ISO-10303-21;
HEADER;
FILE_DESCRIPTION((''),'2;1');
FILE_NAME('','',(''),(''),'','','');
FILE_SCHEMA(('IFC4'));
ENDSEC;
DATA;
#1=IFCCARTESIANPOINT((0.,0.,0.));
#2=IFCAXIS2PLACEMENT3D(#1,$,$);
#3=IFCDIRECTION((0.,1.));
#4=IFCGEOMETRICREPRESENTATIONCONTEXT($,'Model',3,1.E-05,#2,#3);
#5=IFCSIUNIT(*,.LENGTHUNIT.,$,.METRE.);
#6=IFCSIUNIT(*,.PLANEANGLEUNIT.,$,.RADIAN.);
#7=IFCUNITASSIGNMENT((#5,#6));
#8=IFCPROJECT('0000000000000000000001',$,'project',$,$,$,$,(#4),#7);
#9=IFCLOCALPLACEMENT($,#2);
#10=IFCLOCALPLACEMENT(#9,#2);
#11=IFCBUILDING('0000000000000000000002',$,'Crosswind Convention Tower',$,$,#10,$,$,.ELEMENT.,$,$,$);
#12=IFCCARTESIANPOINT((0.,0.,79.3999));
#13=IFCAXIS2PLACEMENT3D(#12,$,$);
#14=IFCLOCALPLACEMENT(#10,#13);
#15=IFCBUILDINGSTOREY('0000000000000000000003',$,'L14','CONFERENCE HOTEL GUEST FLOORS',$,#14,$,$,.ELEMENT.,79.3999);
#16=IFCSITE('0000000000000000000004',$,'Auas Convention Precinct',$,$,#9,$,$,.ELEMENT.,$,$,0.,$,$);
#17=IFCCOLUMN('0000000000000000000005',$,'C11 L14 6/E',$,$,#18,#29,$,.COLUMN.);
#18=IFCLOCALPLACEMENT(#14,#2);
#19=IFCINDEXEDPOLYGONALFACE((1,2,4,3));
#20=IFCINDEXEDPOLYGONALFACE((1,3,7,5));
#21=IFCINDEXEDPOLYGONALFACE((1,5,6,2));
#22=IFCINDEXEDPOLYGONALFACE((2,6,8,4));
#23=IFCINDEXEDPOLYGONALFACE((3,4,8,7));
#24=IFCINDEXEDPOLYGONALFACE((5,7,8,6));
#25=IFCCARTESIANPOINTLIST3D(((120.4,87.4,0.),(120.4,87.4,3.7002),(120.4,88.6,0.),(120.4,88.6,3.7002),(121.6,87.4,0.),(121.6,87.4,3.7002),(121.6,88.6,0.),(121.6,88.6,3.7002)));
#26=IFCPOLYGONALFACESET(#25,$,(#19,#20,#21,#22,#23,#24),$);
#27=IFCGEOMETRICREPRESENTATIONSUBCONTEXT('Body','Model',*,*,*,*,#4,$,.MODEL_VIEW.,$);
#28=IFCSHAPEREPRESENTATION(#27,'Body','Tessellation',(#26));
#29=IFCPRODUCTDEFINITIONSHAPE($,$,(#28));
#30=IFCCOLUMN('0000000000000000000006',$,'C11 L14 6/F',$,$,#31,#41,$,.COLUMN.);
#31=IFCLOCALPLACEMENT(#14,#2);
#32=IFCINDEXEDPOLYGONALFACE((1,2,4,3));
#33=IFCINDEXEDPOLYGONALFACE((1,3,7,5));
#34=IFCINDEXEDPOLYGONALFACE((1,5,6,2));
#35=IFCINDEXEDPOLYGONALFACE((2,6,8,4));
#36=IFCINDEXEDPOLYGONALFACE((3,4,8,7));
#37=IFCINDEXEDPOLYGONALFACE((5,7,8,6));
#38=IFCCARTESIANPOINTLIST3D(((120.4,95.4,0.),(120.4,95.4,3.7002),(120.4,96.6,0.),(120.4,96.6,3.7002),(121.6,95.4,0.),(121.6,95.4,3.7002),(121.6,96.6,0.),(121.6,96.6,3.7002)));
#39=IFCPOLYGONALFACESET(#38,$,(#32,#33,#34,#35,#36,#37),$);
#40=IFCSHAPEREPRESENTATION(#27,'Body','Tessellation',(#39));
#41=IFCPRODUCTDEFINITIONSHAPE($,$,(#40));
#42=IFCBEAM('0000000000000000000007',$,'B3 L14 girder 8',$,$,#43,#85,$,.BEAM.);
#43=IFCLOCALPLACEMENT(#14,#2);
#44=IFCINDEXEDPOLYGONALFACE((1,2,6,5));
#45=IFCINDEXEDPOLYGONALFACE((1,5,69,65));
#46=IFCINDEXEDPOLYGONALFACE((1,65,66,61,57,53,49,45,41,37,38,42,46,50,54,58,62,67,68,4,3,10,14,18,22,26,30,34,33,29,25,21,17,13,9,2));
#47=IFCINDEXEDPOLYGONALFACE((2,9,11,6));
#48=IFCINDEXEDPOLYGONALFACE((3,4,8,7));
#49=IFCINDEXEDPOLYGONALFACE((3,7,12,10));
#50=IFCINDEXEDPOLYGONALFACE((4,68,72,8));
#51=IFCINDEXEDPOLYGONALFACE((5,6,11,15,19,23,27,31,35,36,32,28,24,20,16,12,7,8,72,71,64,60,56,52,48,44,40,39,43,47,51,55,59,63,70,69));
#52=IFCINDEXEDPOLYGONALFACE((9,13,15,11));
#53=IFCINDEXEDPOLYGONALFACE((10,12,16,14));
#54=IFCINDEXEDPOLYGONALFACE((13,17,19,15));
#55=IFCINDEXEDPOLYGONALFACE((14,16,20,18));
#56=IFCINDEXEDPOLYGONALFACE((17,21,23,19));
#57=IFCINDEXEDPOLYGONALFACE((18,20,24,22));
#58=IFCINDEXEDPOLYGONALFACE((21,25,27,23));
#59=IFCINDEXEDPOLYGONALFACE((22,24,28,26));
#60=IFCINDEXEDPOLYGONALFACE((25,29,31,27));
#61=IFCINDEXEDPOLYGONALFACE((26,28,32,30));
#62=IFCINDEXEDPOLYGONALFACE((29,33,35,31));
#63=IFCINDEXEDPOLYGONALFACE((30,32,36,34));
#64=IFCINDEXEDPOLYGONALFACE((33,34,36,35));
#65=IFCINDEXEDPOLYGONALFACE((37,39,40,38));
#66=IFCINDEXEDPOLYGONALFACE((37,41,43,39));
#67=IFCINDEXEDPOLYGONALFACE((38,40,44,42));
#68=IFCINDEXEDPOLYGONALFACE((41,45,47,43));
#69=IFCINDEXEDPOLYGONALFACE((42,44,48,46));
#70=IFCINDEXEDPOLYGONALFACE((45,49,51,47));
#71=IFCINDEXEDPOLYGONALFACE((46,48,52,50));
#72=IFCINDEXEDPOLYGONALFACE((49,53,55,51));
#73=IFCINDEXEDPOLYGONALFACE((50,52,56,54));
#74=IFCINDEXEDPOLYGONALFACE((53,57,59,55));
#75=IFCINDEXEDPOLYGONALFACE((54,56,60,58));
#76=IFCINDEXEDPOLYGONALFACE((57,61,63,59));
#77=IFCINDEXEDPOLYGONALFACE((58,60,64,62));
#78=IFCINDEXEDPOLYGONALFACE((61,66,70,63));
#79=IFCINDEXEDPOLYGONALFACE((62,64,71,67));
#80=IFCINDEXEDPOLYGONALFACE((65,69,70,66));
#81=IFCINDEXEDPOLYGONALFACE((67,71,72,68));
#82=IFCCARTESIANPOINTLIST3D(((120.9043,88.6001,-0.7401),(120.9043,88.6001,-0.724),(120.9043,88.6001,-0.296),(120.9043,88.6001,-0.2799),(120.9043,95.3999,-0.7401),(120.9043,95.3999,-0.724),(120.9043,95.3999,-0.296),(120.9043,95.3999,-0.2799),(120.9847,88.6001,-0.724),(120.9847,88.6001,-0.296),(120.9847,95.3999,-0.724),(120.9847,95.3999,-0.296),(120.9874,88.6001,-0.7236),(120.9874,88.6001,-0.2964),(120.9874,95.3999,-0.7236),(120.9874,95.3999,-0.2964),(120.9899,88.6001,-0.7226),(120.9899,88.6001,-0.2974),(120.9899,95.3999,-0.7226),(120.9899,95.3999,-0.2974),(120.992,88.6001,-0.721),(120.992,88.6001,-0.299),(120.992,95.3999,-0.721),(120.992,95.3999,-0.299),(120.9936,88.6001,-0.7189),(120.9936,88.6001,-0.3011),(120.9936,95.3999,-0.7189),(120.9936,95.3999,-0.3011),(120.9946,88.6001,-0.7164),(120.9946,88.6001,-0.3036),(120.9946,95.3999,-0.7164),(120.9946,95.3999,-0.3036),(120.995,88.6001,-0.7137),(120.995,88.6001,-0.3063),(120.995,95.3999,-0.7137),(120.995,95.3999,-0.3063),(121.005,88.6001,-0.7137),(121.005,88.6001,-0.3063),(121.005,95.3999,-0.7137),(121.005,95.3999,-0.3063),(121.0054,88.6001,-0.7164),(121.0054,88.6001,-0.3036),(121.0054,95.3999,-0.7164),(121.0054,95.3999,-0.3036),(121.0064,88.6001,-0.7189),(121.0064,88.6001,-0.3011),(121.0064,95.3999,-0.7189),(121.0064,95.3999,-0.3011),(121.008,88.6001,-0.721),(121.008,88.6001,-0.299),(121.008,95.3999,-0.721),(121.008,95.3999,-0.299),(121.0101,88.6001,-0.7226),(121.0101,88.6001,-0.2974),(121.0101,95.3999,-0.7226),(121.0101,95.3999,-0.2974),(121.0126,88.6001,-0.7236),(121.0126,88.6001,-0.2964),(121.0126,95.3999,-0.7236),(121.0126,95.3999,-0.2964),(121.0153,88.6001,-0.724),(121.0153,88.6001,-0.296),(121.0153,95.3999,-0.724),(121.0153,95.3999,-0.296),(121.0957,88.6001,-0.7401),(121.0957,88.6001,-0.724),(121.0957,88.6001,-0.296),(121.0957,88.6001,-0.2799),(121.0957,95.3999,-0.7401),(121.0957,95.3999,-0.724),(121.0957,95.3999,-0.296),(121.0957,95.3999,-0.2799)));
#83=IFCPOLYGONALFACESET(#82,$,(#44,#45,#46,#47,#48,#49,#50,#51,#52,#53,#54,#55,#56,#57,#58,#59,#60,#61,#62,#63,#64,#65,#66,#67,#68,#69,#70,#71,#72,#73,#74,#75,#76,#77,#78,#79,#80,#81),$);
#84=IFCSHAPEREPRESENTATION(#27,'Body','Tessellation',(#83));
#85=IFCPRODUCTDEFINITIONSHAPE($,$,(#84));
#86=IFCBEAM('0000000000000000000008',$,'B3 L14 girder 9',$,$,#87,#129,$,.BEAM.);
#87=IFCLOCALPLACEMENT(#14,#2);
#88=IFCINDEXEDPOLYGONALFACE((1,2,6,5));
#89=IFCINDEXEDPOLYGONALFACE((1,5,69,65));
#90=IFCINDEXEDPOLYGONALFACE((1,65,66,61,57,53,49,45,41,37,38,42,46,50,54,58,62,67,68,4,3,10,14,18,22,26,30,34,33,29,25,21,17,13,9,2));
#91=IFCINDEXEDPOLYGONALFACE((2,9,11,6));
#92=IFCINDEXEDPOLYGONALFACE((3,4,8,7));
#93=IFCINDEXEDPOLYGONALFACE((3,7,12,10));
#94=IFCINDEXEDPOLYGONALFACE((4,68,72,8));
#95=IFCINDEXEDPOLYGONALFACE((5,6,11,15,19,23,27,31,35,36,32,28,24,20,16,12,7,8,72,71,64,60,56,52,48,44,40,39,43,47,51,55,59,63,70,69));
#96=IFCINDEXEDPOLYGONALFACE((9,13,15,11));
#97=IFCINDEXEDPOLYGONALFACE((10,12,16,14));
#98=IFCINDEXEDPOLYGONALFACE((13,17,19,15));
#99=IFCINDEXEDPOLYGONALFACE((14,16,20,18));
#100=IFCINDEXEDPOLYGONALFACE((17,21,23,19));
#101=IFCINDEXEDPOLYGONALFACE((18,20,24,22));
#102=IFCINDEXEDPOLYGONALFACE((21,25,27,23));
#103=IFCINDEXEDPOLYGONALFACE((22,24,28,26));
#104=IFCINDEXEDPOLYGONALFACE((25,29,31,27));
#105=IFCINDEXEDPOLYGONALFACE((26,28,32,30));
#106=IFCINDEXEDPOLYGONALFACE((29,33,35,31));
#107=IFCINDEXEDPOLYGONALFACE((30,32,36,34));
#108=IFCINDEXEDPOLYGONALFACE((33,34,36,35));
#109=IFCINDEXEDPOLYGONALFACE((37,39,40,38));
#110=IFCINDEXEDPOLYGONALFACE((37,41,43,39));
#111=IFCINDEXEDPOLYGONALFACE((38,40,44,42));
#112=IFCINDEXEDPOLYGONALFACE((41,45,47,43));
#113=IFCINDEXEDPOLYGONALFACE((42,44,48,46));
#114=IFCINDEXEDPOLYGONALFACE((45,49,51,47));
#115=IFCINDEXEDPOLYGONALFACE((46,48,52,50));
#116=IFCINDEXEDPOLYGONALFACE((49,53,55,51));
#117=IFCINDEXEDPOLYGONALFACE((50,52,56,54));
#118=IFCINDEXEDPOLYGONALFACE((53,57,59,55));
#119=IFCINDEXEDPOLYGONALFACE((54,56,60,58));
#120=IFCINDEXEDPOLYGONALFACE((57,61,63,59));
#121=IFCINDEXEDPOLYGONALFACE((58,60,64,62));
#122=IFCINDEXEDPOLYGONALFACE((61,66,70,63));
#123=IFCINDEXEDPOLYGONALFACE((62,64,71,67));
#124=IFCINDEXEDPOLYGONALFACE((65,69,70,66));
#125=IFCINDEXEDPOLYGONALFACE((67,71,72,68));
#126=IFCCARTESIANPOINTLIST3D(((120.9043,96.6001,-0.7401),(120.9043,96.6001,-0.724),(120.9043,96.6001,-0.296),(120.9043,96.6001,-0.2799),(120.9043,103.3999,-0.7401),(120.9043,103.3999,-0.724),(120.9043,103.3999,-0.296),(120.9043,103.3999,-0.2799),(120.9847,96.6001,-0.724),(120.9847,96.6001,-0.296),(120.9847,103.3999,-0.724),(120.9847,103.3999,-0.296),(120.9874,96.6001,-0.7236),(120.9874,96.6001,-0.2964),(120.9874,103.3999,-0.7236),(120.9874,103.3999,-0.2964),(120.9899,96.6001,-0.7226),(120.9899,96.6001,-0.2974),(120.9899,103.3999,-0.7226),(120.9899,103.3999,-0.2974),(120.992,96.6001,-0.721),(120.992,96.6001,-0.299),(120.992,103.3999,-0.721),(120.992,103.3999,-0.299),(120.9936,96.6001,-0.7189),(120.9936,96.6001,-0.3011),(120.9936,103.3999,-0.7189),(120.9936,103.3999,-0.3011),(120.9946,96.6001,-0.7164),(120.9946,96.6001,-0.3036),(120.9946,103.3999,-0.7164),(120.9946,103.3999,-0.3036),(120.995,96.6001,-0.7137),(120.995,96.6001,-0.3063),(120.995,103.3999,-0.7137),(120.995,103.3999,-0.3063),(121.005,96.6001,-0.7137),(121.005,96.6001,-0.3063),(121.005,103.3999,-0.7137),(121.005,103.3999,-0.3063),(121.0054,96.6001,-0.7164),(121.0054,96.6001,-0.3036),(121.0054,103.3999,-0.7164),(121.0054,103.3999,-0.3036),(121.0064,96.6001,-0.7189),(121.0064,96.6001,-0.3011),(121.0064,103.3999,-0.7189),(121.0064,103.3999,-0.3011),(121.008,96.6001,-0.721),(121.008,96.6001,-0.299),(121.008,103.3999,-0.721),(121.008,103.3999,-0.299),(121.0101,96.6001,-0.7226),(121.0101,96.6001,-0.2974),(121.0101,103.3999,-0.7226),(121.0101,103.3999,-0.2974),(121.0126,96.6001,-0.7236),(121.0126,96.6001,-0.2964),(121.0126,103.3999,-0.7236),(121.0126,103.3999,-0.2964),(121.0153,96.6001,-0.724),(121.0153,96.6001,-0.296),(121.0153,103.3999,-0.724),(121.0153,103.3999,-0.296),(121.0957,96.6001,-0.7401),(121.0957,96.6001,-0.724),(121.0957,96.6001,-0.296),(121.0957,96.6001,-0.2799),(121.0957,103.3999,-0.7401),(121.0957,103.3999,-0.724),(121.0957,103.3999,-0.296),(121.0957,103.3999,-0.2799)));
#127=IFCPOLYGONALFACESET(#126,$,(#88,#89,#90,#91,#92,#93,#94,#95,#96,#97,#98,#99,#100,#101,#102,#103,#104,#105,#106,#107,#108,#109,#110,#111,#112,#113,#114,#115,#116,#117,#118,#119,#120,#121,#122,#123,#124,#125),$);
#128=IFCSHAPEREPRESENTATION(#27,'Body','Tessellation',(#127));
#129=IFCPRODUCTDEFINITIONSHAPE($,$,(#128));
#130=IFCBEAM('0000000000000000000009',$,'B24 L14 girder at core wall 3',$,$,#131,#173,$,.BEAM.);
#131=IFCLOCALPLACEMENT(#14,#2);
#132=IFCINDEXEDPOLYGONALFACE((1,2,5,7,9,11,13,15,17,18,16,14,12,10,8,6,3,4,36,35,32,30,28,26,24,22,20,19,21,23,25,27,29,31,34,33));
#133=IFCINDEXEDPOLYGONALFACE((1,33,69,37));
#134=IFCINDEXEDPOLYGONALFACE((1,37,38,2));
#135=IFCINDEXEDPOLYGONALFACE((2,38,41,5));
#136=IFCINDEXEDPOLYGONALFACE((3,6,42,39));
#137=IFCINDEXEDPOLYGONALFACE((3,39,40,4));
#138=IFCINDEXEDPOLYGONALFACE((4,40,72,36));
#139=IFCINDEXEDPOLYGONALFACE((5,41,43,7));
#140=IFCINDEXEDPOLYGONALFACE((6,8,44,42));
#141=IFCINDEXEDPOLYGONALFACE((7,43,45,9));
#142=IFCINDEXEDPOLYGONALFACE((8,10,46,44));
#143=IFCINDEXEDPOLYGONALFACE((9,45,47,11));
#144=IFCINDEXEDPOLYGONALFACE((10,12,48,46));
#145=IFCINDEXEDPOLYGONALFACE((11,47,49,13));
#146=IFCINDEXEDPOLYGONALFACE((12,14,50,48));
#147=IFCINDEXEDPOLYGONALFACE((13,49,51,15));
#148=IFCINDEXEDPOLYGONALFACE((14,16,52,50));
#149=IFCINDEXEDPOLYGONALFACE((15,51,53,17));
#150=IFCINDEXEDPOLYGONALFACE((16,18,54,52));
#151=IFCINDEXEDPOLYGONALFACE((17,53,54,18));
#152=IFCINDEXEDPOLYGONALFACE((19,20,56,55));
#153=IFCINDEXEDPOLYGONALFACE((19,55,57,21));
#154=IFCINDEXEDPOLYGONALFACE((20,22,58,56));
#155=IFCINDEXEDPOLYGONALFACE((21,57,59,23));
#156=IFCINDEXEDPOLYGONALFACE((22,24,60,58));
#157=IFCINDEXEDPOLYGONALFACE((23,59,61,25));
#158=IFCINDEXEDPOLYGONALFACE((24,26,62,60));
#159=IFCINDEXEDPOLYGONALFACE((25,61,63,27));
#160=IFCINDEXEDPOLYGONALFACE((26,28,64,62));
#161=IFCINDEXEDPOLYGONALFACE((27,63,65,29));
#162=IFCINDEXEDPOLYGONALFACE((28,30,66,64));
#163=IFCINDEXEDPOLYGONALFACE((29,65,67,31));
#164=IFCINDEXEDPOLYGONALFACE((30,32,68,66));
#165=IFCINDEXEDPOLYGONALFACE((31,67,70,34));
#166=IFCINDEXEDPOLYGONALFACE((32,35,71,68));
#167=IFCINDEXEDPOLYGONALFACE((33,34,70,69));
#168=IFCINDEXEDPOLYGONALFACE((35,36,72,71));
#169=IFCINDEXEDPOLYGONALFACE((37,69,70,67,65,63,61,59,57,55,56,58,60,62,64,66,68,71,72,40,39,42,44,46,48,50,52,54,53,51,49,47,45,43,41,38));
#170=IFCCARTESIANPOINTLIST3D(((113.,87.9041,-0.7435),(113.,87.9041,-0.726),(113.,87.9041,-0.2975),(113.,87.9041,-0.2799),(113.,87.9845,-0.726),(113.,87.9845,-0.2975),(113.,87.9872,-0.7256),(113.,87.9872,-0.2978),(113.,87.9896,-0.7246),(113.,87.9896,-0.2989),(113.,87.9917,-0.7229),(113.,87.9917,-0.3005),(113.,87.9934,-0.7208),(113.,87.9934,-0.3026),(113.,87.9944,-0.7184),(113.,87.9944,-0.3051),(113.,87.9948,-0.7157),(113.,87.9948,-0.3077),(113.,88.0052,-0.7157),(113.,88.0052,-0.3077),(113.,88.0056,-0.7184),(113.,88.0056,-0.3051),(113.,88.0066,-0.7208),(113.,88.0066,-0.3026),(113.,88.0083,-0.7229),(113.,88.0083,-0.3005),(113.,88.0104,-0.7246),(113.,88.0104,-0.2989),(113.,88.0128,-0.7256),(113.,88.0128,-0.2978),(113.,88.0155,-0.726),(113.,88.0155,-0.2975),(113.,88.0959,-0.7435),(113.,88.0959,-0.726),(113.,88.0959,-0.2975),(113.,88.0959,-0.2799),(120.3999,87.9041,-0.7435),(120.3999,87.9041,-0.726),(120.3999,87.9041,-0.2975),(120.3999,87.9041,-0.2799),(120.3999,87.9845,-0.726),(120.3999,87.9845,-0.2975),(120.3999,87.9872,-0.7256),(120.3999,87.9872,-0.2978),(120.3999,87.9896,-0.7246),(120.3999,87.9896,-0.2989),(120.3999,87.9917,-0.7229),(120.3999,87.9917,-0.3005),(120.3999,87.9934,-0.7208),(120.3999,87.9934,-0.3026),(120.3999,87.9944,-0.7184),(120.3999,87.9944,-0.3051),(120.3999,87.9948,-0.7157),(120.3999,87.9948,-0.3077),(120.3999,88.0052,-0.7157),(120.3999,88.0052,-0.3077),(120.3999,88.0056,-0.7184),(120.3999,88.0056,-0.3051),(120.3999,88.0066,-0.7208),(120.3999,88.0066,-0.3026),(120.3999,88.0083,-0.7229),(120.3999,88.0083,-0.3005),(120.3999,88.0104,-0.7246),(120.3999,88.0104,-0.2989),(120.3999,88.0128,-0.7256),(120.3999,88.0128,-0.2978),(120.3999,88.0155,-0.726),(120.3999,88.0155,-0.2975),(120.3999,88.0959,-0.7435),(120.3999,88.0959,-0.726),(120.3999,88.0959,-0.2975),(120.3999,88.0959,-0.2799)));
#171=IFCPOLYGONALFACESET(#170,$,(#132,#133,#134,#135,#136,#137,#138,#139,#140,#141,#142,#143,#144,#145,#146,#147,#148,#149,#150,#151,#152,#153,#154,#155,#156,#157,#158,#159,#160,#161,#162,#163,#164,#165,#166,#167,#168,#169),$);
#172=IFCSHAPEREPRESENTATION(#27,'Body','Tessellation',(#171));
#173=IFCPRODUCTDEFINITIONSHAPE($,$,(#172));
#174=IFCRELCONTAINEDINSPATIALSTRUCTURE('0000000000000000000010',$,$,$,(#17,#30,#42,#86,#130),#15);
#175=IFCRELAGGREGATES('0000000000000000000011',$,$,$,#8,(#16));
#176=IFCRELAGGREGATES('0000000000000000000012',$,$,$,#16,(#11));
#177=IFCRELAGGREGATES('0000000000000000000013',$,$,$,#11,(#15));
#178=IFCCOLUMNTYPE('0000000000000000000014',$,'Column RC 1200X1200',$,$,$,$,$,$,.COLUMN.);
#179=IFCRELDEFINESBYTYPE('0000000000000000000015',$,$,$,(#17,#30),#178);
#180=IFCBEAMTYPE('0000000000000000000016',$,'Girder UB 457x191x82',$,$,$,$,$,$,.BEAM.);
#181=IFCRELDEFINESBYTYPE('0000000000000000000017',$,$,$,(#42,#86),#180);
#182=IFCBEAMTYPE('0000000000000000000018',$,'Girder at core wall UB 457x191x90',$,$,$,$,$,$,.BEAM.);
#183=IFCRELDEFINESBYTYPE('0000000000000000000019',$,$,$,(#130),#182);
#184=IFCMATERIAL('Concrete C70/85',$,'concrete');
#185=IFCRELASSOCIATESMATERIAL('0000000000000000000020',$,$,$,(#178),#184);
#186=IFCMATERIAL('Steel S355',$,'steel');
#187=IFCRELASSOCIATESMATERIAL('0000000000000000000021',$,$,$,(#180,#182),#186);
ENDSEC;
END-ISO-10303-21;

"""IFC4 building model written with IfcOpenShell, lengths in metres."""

from ifc_helpers import new_model, si_unit, direction, frame, origin, origin_2d, place, context, subcontext, project, spatial, rectangle, i_section, extrude, material, material_profile, profile_set, type_object, element, save


model = new_model("IFC4")

# Units and contexts
model_context = context("Model", 3, precision=1e-05, world=origin(), true_north=direction((0.0, 1.0)))
body_context = subcontext(model_context, "Body", "Model", "MODEL_VIEW")
ifc_project = project(units=[si_unit("LENGTHUNIT", "METRE"), si_unit("PLANEANGLEUNIT", "RADIAN")], contexts=[model_context])

# Site, building, storey
site_placement = place(None, origin())
site = spatial("IfcSite", under=ifc_project, at=site_placement, Name="Auas Convention Precinct", CompositionType="ELEMENT", RefElevation=0.0)
building_placement = place(site_placement, origin())
building = spatial("IfcBuilding", under=site, at=building_placement, Name="Crosswind Convention Tower", CompositionType="ELEMENT")
storey_placement = place(building_placement, frame((0.0, 0.0, 79.3999)))
storey = spatial("IfcBuildingStorey", under=building, at=storey_placement, Name="L14", Description="CONFERENCE HOTEL GUEST FLOORS", CompositionType="ELEMENT", Elevation=79.3999)

# Columns
ifc_material_1 = material(Name="Concrete C70/85", Category="concrete")
ifc_material_profile_1 = material_profile(ifc_material_1, rectangle(XDim=1.2, YDim=1.2, at=origin_2d()), Name="RC 1200X1200")
ifc_profile_set_1 = profile_set([ifc_material_profile_1], Name="Concrete C70/85")
column_type = type_object("IfcColumnType", Name="Column RC 1200X1200", PredefinedType="COLUMN", material=ifc_profile_set_1)
for number, where, z_axis, x_axis, name in (
    (1, (121.0, 88.0, 0.0), (0.0, 0.0, 1.0), (1.0, 0.0, 0.0), "C11 L14 6/E"),
    (2, (121.0, 96.0, 0.0), (0.0, 0.0, 1.0), (1.0, 0.0, 0.0), "C11 L14 6/F"),
):
    element("IfcColumn", number, at=place(storey_placement, frame(where, z_axis=z_axis, x_axis=x_axis)), inside=storey, type_object=column_type, Name=name, PredefinedType="COLUMN", context=body_context, shape_type="SweptSolid", body=[
        extrude(rectangle(XDim=1.2, YDim=1.2, at=origin_2d()), origin(), (0.0, 0.0, 1.0), 3.7002),
    ])

# Beams
ifc_material_2 = material(Name="Steel S355", Category="steel")
ifc_material_profile_2 = material_profile(ifc_material_2, i_section(OverallWidth=0.1914, OverallDepth=0.4602, WebThickness=0.01, FlangeThickness=0.0161, FilletRadius=0.0103, at=origin_2d()), Name="UB 457x191x82")
ifc_profile_set_2 = profile_set([ifc_material_profile_2], Name="Steel S355")
beam_type_1 = type_object("IfcBeamType", Name="Girder UB 457x191x82", PredefinedType="BEAM", material=ifc_profile_set_2)
for number, where, z_axis, x_axis, name in (
    (3, (121.0, 88.6001, -0.51), (0.0, 1.0, 0.0), (-1.0, 0.0, 0.0), "B3 L14 girder 8"),
    (4, (121.0, 96.6001, -0.51), (0.0, 1.0, 0.0), (-1.0, 0.0, 0.0), "B3 L14 girder 9"),
):
    element("IfcBeam", number, at=place(storey_placement, frame(where, z_axis=z_axis, x_axis=x_axis)), inside=storey, type_object=beam_type_1, Name=name, PredefinedType="BEAM", context=body_context, shape_type="SweptSolid", body=[
        extrude(i_section(OverallWidth=0.1914, OverallDepth=0.4602, WebThickness=0.01, FlangeThickness=0.0161, FilletRadius=0.0103, at=origin_2d()), origin(), (0.0, 0.0, 1.0), 6.7998),
    ])
ifc_material_profile_3 = material_profile(ifc_material_2, i_section(OverallWidth=0.1919, OverallDepth=0.4636, WebThickness=0.0105, FlangeThickness=0.0176, FilletRadius=0.0103, at=origin_2d()), Name="UB 457x191x90")
ifc_profile_set_3 = profile_set([ifc_material_profile_3], Name="Steel S355")
beam_type_2 = type_object("IfcBeamType", Name="Girder at core wall UB 457x191x90", PredefinedType="BEAM", material=ifc_profile_set_3)
for number, where, z_axis, x_axis, name in (
    (5, (113.0, 88.0, -0.5117), (1.0, 0.0, 0.0), (0.0, 1.0, 0.0), "B24 L14 girder at core wall 3"),
):
    element("IfcBeam", number, at=place(storey_placement, frame(where, z_axis=z_axis, x_axis=x_axis)), inside=storey, type_object=beam_type_2, Name=name, PredefinedType="BEAM", context=body_context, shape_type="SweptSolid", body=[
        extrude(i_section(OverallWidth=0.1919, OverallDepth=0.4636, WebThickness=0.0105, FlangeThickness=0.0176, FilletRadius=0.0103, at=origin_2d()), origin(), (0.0, 0.0, 1.0), 7.3999),
    ])

save(model, "model.ifc")
